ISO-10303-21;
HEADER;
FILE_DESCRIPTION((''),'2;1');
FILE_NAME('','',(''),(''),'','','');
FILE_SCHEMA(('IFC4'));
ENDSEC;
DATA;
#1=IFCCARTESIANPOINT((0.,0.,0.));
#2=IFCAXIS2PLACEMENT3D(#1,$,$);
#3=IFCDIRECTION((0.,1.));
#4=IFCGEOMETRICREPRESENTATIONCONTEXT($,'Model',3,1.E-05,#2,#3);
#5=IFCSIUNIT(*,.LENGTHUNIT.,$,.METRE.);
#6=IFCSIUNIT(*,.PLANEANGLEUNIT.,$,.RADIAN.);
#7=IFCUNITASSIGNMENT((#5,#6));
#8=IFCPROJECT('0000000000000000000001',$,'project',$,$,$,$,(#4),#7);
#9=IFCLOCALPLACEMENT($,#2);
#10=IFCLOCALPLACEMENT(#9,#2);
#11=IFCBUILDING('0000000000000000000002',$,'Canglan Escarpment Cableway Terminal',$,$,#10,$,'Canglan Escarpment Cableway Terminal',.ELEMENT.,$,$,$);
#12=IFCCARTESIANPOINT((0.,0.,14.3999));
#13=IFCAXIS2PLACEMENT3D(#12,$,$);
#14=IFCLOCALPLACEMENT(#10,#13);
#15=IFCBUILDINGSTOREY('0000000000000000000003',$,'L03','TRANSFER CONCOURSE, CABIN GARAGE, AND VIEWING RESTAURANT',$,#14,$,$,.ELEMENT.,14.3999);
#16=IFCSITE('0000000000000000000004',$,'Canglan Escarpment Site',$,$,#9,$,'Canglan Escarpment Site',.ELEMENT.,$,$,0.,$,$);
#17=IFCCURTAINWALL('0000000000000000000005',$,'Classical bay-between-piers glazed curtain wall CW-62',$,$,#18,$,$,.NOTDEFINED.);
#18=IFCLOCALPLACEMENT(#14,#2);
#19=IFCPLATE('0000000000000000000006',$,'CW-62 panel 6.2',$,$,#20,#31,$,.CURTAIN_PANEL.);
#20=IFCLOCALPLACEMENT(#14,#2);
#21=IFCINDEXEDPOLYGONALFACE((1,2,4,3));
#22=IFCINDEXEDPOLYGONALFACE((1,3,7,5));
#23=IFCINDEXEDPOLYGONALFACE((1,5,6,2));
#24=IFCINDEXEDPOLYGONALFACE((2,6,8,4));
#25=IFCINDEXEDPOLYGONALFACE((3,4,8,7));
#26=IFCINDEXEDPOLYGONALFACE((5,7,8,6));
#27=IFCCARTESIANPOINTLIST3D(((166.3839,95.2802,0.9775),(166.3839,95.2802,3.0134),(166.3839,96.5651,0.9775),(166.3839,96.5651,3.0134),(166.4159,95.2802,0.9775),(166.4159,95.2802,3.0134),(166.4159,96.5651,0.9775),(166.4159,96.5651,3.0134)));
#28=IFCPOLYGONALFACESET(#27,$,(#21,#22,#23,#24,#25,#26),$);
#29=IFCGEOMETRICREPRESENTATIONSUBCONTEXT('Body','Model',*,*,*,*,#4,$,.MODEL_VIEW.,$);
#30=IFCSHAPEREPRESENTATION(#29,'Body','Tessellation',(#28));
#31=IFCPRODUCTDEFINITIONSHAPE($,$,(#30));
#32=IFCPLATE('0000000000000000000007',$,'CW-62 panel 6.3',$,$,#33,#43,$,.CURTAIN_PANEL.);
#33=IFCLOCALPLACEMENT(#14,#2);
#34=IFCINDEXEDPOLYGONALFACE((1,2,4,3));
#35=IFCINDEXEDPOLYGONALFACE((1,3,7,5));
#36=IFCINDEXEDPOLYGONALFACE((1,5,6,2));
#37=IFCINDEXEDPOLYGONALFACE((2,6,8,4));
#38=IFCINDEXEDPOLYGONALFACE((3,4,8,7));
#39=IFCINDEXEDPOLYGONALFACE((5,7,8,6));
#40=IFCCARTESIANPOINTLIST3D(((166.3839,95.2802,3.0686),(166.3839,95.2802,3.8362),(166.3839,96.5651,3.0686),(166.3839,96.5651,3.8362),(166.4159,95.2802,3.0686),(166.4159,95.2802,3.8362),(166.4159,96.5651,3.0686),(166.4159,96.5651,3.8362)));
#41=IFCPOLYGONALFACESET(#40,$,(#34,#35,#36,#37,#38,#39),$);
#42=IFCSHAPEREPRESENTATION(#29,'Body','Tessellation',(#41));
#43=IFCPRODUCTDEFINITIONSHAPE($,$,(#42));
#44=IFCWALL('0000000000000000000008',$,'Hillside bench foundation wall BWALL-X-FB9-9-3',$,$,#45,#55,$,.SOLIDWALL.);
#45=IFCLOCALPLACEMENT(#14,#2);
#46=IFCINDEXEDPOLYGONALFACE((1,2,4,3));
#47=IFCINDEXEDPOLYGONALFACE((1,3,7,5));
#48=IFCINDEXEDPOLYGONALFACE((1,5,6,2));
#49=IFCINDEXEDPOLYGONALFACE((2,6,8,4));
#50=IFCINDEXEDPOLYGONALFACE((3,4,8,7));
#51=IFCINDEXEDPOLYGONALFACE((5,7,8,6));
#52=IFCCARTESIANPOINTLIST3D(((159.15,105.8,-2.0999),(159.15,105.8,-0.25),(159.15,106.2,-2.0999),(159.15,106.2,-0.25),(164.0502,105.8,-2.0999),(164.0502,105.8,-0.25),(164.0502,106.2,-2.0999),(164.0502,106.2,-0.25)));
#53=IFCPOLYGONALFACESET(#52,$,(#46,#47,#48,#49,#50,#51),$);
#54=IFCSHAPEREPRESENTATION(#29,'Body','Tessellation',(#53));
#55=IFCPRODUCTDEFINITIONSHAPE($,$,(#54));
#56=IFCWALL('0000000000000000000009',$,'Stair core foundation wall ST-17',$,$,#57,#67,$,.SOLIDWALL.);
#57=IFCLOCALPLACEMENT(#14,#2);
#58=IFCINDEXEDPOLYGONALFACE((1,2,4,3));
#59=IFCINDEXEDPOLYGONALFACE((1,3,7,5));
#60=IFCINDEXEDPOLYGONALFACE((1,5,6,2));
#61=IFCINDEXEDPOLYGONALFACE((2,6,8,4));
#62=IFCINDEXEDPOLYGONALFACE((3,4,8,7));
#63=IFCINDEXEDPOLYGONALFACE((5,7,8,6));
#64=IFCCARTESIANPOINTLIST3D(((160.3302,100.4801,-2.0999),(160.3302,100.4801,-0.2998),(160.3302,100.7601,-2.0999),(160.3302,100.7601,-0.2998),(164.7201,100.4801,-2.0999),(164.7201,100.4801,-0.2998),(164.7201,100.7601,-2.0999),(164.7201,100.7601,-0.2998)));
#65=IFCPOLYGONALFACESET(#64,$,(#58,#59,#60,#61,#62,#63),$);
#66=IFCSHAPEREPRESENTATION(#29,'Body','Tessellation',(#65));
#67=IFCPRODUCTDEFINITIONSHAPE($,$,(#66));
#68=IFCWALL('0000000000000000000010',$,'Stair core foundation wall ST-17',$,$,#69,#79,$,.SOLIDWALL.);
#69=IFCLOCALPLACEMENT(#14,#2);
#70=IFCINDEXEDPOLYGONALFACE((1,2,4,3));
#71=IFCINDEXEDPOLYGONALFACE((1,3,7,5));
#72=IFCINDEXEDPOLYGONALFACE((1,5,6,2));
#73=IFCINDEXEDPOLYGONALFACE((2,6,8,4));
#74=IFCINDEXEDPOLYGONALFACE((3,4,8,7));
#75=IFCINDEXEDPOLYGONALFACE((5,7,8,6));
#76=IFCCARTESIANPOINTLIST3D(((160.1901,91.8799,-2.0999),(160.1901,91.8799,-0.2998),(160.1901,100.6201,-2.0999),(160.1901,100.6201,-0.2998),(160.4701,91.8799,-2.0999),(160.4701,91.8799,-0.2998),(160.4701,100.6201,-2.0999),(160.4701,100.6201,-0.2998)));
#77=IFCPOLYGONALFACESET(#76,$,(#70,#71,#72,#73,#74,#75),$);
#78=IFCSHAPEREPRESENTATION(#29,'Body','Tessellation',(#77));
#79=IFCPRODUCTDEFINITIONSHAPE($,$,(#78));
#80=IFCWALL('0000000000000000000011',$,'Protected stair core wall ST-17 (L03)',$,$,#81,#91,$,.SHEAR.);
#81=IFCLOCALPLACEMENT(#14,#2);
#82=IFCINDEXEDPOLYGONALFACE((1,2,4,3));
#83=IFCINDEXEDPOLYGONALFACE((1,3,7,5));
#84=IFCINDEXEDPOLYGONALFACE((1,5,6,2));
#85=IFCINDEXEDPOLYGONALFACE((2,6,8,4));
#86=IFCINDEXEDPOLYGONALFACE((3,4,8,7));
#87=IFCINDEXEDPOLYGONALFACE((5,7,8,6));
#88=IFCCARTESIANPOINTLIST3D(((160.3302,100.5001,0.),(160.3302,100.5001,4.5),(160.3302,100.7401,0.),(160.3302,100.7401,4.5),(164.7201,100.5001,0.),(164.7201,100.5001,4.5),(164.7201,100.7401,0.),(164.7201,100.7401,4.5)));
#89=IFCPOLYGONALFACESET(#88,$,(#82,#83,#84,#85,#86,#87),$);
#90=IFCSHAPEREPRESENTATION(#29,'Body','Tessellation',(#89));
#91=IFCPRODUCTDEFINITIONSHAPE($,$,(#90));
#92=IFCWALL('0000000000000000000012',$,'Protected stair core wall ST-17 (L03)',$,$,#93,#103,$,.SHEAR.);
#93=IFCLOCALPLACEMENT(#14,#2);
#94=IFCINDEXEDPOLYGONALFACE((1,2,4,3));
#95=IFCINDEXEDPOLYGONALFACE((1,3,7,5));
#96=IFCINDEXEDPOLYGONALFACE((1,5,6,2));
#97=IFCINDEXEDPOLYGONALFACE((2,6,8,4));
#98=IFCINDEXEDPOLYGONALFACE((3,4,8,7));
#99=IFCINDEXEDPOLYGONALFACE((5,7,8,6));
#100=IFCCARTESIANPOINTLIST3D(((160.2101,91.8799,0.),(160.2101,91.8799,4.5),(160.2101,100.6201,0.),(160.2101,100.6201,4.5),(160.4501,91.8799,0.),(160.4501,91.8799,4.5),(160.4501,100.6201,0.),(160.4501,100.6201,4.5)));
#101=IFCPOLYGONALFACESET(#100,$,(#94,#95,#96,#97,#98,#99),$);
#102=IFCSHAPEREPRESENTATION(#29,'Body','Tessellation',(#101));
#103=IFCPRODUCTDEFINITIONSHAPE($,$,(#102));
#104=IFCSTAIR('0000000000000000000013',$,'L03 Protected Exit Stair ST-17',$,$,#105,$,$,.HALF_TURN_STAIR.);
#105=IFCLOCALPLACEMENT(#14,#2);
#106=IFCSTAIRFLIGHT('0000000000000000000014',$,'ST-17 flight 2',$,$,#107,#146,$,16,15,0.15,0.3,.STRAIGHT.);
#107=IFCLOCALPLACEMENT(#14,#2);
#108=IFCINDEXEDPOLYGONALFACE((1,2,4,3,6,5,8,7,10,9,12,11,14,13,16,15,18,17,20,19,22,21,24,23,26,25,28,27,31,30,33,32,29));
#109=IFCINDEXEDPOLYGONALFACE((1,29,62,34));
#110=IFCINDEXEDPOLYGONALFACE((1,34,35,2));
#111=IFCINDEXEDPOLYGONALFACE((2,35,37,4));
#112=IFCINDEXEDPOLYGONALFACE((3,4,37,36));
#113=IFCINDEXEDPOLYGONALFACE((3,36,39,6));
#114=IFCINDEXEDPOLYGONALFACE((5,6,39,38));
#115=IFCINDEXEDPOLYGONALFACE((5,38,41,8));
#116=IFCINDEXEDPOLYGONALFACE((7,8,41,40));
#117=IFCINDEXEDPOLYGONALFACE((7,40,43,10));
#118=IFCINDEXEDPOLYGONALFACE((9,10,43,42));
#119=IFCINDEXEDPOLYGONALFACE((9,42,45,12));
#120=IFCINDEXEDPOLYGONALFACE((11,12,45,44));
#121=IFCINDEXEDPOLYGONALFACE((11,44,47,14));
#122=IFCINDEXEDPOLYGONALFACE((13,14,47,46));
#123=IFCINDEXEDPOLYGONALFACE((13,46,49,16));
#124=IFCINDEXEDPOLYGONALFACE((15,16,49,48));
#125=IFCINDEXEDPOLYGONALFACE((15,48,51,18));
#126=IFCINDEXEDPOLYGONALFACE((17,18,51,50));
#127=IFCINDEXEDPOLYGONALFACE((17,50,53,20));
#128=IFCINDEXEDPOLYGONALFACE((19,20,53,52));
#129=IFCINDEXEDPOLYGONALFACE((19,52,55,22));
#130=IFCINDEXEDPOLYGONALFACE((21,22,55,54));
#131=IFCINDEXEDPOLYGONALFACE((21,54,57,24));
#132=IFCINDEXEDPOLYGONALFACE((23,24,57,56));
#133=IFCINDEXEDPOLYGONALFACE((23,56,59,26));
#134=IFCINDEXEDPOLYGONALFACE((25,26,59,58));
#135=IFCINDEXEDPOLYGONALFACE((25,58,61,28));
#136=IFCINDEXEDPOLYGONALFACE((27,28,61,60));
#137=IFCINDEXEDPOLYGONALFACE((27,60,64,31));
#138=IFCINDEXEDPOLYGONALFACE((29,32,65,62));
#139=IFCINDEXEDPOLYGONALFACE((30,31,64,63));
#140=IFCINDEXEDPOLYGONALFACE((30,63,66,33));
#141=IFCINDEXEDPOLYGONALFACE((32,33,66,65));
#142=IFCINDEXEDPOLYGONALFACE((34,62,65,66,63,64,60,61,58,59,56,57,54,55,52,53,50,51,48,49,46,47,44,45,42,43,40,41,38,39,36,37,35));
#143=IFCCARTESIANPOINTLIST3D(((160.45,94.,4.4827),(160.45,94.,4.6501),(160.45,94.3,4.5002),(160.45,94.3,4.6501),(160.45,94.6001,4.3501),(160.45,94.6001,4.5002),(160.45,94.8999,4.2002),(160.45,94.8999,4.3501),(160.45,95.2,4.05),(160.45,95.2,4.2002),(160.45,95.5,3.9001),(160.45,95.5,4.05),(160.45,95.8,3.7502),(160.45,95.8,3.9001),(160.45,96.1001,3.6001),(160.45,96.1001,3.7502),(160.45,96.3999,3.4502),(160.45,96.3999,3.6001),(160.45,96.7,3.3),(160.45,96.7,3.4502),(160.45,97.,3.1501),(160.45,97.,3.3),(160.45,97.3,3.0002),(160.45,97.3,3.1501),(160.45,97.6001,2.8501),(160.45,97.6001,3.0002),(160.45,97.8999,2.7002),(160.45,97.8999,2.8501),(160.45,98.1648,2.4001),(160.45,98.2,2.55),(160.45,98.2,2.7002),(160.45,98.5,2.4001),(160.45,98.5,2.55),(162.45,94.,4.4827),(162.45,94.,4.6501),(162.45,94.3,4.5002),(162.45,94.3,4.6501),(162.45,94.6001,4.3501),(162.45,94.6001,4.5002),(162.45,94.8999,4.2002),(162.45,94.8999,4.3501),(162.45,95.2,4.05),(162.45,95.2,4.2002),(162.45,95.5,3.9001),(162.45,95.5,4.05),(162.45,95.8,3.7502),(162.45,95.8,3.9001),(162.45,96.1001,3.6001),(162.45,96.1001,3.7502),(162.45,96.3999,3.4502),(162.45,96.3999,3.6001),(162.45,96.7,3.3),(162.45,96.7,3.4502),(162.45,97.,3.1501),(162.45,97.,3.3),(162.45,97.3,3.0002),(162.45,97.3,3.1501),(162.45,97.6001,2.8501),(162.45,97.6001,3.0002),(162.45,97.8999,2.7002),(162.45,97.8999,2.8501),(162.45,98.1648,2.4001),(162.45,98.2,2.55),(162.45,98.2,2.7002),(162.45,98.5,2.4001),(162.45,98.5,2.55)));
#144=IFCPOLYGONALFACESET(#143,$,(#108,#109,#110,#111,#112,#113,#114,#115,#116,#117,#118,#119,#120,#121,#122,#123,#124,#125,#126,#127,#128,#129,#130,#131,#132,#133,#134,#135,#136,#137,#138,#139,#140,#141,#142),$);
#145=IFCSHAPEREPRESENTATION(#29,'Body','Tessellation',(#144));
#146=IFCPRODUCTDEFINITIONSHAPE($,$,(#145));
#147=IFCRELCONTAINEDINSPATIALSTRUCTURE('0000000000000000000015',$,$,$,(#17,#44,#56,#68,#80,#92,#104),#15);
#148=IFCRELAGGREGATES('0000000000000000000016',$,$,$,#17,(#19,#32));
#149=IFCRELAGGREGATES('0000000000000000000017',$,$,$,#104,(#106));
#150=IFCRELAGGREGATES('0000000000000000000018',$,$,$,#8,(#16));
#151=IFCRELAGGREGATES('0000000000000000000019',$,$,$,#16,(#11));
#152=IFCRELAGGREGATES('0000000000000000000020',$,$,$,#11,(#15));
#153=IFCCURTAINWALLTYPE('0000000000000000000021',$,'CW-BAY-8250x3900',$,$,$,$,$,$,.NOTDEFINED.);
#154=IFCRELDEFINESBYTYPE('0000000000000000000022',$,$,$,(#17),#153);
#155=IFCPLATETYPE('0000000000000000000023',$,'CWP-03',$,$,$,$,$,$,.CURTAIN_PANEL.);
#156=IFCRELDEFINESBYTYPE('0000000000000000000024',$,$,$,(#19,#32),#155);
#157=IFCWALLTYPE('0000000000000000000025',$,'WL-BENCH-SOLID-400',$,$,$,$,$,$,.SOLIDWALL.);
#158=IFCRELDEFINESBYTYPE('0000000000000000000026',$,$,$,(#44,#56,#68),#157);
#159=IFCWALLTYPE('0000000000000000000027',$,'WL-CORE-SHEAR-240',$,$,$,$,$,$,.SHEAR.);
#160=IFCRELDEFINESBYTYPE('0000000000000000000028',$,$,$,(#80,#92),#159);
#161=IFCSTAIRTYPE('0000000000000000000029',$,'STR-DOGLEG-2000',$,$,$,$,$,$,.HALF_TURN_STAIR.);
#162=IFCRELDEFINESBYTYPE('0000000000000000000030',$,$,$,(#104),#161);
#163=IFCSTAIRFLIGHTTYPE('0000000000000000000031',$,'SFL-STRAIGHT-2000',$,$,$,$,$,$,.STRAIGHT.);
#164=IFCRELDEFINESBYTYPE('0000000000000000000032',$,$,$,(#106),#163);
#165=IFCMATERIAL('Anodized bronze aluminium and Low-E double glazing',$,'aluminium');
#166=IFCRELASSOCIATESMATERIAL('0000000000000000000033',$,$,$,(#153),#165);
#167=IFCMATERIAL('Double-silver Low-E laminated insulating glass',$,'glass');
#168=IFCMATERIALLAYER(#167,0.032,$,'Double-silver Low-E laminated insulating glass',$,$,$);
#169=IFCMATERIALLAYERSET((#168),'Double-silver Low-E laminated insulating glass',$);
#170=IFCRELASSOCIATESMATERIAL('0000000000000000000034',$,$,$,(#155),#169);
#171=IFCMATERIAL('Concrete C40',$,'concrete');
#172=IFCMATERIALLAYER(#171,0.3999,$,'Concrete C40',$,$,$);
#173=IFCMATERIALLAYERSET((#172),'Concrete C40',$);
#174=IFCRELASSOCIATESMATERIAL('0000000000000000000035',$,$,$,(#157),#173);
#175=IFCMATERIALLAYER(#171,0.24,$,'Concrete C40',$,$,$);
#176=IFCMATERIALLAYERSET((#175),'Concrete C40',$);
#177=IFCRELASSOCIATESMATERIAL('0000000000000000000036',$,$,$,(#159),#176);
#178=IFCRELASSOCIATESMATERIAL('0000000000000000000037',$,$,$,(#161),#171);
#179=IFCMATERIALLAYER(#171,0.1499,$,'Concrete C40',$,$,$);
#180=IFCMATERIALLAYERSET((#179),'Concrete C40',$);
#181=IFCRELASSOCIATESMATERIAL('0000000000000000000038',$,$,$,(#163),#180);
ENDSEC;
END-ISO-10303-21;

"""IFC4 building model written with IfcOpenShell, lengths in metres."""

from ifc_helpers import new_model, si_unit, direction, frame, frame_2d, origin, origin_2d, place, context, subcontext, project, spatial, polyline, rectangle, outline, extrude, material, layer, layer_set, type_object, element, aggregate, save


model = new_model("IFC4")

# Units and contexts
model_context = context("Model", 3, precision=1e-05, world=origin(), true_north=direction((0.0, 1.0)))
body_context = subcontext(model_context, "Body", "Model", "MODEL_VIEW")
ifc_project = project(units=[si_unit("LENGTHUNIT", "METRE"), si_unit("PLANEANGLEUNIT", "RADIAN")], contexts=[model_context])

# Site, building, storey
site_placement = place(None, origin())
site = spatial("IfcSite", under=ifc_project, at=site_placement, Name="Canglan Escarpment Site", LongName="Canglan Escarpment Site", CompositionType="ELEMENT", RefElevation=0.0)
building_placement = place(site_placement, origin())
building = spatial("IfcBuilding", under=site, at=building_placement, Name="Canglan Escarpment Cableway Terminal", LongName="Canglan Escarpment Cableway Terminal", CompositionType="ELEMENT")
storey_placement = place(building_placement, frame((0.0, 0.0, 14.3999)))
storey = spatial("IfcBuildingStorey", under=building, at=storey_placement, Name="L03", Description="TRANSFER CONCOURSE, CABIN GARAGE, AND VIEWING RESTAURANT", CompositionType="ELEMENT", Elevation=14.3999)

# Shared definitions
ifc_material_1 = material(Name="Concrete C40", Category="concrete")

# Curtain wall, plates
ifc_material_2 = material(Name="Anodized bronze aluminium and Low-E double glazing", Category="aluminium")
curtain_wall_type = type_object("IfcCurtainWallType", Name="CW-BAY-8250x3900", PredefinedType="NOTDEFINED", material=ifc_material_2)
curtain_wall_placement = place(storey_placement, origin())
curtain_wall = element("IfcCurtainWall", 1, at=curtain_wall_placement, inside=storey, type_object=curtain_wall_type, Name="Classical bay-between-piers glazed curtain wall CW-62", PredefinedType="NOTDEFINED")
ifc_material_3 = material(Name="Double-silver Low-E laminated insulating glass", Category="glass")
ifc_layer_1 = layer(ifc_material_3, 0.032, Name="Double-silver Low-E laminated insulating glass")
ifc_layer_set_1 = layer_set([ifc_layer_1], Name="Double-silver Low-E laminated insulating glass")
plate_type = type_object("IfcPlateType", Name="CWP-03", PredefinedType="CURTAIN_PANEL", material=ifc_layer_set_1)
plate_1_placement = place(storey_placement, frame((166.3999, 95.9226, 0.9775), z_axis=(0.0, 0.0, 1.0), x_axis=(0.0, 1.0, 0.0)))
plate_1 = element("IfcPlate", 2, at=plate_1_placement, type_object=plate_type, Name="CW-62 panel 6.2", PredefinedType="CURTAIN_PANEL", context=body_context, shape_type="SweptSolid", body=[
    extrude(rectangle(XDim=1.2849, YDim=0.032, at=origin_2d()), origin(), (0.0, 0.0, 1.0), 2.0359),
])
plate_2_placement = place(storey_placement, frame((166.3999, 95.9226, 3.0686), z_axis=(0.0, 0.0, 1.0), x_axis=(0.0, 1.0, 0.0)))
plate_2 = element("IfcPlate", 3, at=plate_2_placement, type_object=plate_type, Name="CW-62 panel 6.3", PredefinedType="CURTAIN_PANEL", context=body_context, shape_type="SweptSolid", body=[
    extrude(rectangle(XDim=1.2849, YDim=0.032, at=origin_2d()), origin(), (0.0, 0.0, 1.0), 0.7676),
])
aggregate(curtain_wall, [plate_1, plate_2])

# Walls
ifc_layer_2 = layer(ifc_material_1, 0.3999, Name="Concrete C40")
ifc_layer_set_2 = layer_set([ifc_layer_2], Name="Concrete C40")
wall_type_1 = type_object("IfcWallType", Name="WL-BENCH-SOLID-400", PredefinedType="SOLIDWALL", material=ifc_layer_set_2)
wall_1_placement = place(storey_placement, frame((159.1499, 106.0, -2.0999), z_axis=(0.0, 0.0, 1.0), x_axis=(1.0, 0.0, 0.0)))
element("IfcWall", 4, at=wall_1_placement, inside=storey, type_object=wall_type_1, Name="Hillside bench foundation wall BWALL-X-FB9-9-3", PredefinedType="SOLIDWALL", context=body_context, shape_type="SweptSolid", body=[
    extrude(rectangle(XDim=4.9001, YDim=0.3999, at=frame_2d((2.4502, 0.0))), origin(), (0.0, 0.0, 1.0), 1.8499),
])
wall_2_placement = place(storey_placement, frame((164.72, 100.6201, -2.0999), z_axis=(0.0, 0.0, 1.0), x_axis=(-1.0, 0.0, 0.0)))
element("IfcWall", 5, at=wall_2_placement, inside=storey, type_object=wall_type_1, Name="Stair core foundation wall ST-17", PredefinedType="SOLIDWALL", context=body_context, shape_type="SweptSolid", body=[
    extrude(rectangle(XDim=4.3899, YDim=0.28, at=frame_2d((2.1948, 0.0))), origin(), (0.0, 0.0, 1.0), 1.8),
])
wall_3_placement = place(storey_placement, frame((160.3301, 100.6201, -2.0999), z_axis=(0.0, 0.0, 1.0), x_axis=(0.0, -1.0, 0.0)))
element("IfcWall", 6, at=wall_3_placement, inside=storey, type_object=wall_type_1, Name="Stair core foundation wall ST-17", PredefinedType="SOLIDWALL", context=body_context, shape_type="SweptSolid", body=[
    extrude(rectangle(XDim=8.7402, YDim=0.28, at=frame_2d((4.3701, 0.0))), origin(), (0.0, 0.0, 1.0), 1.8),
])
ifc_layer_3 = layer(ifc_material_1, 0.24, Name="Concrete C40")
ifc_layer_set_3 = layer_set([ifc_layer_3], Name="Concrete C40")
wall_type_2 = type_object("IfcWallType", Name="WL-CORE-SHEAR-240", PredefinedType="SHEAR", material=ifc_layer_set_3)
wall_4_placement = place(storey_placement, frame((164.72, 100.6201, 0.0), z_axis=(0.0, 0.0, 1.0), x_axis=(-1.0, 0.0, 0.0)))
element("IfcWall", 7, at=wall_4_placement, inside=storey, type_object=wall_type_2, Name="Protected stair core wall ST-17 (L03)", PredefinedType="SHEAR", context=body_context, shape_type="SweptSolid", body=[
    extrude(rectangle(XDim=4.3899, YDim=0.24, at=frame_2d((2.1948, 0.0))), origin(), (0.0, 0.0, 1.0), 4.5),
])
wall_5_placement = place(storey_placement, frame((160.3301, 100.6201, 0.0), z_axis=(0.0, 0.0, 1.0), x_axis=(0.0, -1.0, 0.0)))
element("IfcWall", 8, at=wall_5_placement, inside=storey, type_object=wall_type_2, Name="Protected stair core wall ST-17 (L03)", PredefinedType="SHEAR", context=body_context, shape_type="SweptSolid", body=[
    extrude(rectangle(XDim=8.7402, YDim=0.24, at=frame_2d((4.3701, 0.0))), origin(), (0.0, 0.0, 1.0), 4.5),
])

# Stair, stair flight
stair_type = type_object("IfcStairType", Name="STR-DOGLEG-2000", PredefinedType="HALF_TURN_STAIR", material=ifc_material_1)
stair_placement = place(storey_placement, origin())
stair = element("IfcStair", 9, at=stair_placement, inside=storey, type_object=stair_type, Name="L03 Protected Exit Stair ST-17", PredefinedType="HALF_TURN_STAIR")
ifc_layer_4 = layer(ifc_material_1, 0.1499, Name="Concrete C40")
ifc_layer_set_4 = layer_set([ifc_layer_4], Name="Concrete C40")
stair_flight_type = type_object("IfcStairFlightType", Name="SFL-STRAIGHT-2000", PredefinedType="STRAIGHT", material=ifc_layer_set_4)
stair_flight_placement = place(storey_placement, frame((161.45, 98.5, 2.4001), z_axis=(0.0, 0.0, 1.0), x_axis=(0.0, -1.0, 0.0)))
stair_flight = element("IfcStairFlight", 10, at=stair_flight_placement, type_object=stair_flight_type, Name="ST-17 flight 2", NumberOfRisers=16, NumberOfTreads=15, PredefinedType="STRAIGHT", RiserHeight=0.15, TreadLength=0.3, context=body_context, shape_type="SweptSolid", body=[
    extrude(outline(polyline([(0.0, 0.0), (0.0, 0.1499), (0.3, 0.1499), (0.3, 0.3), (0.6001, 0.3), (0.6001, 0.45), (0.8999, 0.45), (0.8999, 0.6001), (1.2, 0.6001), (1.2, 0.75), (1.5, 0.75), (1.5, 0.8999), (1.8, 0.8999), (1.8, 1.05), (2.1001, 1.05), (2.1001, 1.2), (2.3999, 1.2), (2.3999, 1.3501), (2.7, 1.3501), (2.7, 1.5), (3.0, 1.5), (3.0, 1.6499), (3.3, 1.6499), (3.3, 1.8), (3.6001, 1.8), (3.6001, 1.95), (3.8999, 1.95), (3.8999, 2.1001), (4.2, 2.1001), (4.2, 2.25), (4.5, 2.25), (4.5, 2.3999), (4.5, 2.0825), (0.3352, 0.0), (0.0, 0.0)])), frame((0.0, 1.0, 0.0), z_axis=(0.0, -1.0, 0.0), x_axis=(1.0, 0.0, 0.0)), (0.0, 0.0, 1.0), 2.0),
])
aggregate(stair, [stair_flight])

save(model, "model.ifc")
